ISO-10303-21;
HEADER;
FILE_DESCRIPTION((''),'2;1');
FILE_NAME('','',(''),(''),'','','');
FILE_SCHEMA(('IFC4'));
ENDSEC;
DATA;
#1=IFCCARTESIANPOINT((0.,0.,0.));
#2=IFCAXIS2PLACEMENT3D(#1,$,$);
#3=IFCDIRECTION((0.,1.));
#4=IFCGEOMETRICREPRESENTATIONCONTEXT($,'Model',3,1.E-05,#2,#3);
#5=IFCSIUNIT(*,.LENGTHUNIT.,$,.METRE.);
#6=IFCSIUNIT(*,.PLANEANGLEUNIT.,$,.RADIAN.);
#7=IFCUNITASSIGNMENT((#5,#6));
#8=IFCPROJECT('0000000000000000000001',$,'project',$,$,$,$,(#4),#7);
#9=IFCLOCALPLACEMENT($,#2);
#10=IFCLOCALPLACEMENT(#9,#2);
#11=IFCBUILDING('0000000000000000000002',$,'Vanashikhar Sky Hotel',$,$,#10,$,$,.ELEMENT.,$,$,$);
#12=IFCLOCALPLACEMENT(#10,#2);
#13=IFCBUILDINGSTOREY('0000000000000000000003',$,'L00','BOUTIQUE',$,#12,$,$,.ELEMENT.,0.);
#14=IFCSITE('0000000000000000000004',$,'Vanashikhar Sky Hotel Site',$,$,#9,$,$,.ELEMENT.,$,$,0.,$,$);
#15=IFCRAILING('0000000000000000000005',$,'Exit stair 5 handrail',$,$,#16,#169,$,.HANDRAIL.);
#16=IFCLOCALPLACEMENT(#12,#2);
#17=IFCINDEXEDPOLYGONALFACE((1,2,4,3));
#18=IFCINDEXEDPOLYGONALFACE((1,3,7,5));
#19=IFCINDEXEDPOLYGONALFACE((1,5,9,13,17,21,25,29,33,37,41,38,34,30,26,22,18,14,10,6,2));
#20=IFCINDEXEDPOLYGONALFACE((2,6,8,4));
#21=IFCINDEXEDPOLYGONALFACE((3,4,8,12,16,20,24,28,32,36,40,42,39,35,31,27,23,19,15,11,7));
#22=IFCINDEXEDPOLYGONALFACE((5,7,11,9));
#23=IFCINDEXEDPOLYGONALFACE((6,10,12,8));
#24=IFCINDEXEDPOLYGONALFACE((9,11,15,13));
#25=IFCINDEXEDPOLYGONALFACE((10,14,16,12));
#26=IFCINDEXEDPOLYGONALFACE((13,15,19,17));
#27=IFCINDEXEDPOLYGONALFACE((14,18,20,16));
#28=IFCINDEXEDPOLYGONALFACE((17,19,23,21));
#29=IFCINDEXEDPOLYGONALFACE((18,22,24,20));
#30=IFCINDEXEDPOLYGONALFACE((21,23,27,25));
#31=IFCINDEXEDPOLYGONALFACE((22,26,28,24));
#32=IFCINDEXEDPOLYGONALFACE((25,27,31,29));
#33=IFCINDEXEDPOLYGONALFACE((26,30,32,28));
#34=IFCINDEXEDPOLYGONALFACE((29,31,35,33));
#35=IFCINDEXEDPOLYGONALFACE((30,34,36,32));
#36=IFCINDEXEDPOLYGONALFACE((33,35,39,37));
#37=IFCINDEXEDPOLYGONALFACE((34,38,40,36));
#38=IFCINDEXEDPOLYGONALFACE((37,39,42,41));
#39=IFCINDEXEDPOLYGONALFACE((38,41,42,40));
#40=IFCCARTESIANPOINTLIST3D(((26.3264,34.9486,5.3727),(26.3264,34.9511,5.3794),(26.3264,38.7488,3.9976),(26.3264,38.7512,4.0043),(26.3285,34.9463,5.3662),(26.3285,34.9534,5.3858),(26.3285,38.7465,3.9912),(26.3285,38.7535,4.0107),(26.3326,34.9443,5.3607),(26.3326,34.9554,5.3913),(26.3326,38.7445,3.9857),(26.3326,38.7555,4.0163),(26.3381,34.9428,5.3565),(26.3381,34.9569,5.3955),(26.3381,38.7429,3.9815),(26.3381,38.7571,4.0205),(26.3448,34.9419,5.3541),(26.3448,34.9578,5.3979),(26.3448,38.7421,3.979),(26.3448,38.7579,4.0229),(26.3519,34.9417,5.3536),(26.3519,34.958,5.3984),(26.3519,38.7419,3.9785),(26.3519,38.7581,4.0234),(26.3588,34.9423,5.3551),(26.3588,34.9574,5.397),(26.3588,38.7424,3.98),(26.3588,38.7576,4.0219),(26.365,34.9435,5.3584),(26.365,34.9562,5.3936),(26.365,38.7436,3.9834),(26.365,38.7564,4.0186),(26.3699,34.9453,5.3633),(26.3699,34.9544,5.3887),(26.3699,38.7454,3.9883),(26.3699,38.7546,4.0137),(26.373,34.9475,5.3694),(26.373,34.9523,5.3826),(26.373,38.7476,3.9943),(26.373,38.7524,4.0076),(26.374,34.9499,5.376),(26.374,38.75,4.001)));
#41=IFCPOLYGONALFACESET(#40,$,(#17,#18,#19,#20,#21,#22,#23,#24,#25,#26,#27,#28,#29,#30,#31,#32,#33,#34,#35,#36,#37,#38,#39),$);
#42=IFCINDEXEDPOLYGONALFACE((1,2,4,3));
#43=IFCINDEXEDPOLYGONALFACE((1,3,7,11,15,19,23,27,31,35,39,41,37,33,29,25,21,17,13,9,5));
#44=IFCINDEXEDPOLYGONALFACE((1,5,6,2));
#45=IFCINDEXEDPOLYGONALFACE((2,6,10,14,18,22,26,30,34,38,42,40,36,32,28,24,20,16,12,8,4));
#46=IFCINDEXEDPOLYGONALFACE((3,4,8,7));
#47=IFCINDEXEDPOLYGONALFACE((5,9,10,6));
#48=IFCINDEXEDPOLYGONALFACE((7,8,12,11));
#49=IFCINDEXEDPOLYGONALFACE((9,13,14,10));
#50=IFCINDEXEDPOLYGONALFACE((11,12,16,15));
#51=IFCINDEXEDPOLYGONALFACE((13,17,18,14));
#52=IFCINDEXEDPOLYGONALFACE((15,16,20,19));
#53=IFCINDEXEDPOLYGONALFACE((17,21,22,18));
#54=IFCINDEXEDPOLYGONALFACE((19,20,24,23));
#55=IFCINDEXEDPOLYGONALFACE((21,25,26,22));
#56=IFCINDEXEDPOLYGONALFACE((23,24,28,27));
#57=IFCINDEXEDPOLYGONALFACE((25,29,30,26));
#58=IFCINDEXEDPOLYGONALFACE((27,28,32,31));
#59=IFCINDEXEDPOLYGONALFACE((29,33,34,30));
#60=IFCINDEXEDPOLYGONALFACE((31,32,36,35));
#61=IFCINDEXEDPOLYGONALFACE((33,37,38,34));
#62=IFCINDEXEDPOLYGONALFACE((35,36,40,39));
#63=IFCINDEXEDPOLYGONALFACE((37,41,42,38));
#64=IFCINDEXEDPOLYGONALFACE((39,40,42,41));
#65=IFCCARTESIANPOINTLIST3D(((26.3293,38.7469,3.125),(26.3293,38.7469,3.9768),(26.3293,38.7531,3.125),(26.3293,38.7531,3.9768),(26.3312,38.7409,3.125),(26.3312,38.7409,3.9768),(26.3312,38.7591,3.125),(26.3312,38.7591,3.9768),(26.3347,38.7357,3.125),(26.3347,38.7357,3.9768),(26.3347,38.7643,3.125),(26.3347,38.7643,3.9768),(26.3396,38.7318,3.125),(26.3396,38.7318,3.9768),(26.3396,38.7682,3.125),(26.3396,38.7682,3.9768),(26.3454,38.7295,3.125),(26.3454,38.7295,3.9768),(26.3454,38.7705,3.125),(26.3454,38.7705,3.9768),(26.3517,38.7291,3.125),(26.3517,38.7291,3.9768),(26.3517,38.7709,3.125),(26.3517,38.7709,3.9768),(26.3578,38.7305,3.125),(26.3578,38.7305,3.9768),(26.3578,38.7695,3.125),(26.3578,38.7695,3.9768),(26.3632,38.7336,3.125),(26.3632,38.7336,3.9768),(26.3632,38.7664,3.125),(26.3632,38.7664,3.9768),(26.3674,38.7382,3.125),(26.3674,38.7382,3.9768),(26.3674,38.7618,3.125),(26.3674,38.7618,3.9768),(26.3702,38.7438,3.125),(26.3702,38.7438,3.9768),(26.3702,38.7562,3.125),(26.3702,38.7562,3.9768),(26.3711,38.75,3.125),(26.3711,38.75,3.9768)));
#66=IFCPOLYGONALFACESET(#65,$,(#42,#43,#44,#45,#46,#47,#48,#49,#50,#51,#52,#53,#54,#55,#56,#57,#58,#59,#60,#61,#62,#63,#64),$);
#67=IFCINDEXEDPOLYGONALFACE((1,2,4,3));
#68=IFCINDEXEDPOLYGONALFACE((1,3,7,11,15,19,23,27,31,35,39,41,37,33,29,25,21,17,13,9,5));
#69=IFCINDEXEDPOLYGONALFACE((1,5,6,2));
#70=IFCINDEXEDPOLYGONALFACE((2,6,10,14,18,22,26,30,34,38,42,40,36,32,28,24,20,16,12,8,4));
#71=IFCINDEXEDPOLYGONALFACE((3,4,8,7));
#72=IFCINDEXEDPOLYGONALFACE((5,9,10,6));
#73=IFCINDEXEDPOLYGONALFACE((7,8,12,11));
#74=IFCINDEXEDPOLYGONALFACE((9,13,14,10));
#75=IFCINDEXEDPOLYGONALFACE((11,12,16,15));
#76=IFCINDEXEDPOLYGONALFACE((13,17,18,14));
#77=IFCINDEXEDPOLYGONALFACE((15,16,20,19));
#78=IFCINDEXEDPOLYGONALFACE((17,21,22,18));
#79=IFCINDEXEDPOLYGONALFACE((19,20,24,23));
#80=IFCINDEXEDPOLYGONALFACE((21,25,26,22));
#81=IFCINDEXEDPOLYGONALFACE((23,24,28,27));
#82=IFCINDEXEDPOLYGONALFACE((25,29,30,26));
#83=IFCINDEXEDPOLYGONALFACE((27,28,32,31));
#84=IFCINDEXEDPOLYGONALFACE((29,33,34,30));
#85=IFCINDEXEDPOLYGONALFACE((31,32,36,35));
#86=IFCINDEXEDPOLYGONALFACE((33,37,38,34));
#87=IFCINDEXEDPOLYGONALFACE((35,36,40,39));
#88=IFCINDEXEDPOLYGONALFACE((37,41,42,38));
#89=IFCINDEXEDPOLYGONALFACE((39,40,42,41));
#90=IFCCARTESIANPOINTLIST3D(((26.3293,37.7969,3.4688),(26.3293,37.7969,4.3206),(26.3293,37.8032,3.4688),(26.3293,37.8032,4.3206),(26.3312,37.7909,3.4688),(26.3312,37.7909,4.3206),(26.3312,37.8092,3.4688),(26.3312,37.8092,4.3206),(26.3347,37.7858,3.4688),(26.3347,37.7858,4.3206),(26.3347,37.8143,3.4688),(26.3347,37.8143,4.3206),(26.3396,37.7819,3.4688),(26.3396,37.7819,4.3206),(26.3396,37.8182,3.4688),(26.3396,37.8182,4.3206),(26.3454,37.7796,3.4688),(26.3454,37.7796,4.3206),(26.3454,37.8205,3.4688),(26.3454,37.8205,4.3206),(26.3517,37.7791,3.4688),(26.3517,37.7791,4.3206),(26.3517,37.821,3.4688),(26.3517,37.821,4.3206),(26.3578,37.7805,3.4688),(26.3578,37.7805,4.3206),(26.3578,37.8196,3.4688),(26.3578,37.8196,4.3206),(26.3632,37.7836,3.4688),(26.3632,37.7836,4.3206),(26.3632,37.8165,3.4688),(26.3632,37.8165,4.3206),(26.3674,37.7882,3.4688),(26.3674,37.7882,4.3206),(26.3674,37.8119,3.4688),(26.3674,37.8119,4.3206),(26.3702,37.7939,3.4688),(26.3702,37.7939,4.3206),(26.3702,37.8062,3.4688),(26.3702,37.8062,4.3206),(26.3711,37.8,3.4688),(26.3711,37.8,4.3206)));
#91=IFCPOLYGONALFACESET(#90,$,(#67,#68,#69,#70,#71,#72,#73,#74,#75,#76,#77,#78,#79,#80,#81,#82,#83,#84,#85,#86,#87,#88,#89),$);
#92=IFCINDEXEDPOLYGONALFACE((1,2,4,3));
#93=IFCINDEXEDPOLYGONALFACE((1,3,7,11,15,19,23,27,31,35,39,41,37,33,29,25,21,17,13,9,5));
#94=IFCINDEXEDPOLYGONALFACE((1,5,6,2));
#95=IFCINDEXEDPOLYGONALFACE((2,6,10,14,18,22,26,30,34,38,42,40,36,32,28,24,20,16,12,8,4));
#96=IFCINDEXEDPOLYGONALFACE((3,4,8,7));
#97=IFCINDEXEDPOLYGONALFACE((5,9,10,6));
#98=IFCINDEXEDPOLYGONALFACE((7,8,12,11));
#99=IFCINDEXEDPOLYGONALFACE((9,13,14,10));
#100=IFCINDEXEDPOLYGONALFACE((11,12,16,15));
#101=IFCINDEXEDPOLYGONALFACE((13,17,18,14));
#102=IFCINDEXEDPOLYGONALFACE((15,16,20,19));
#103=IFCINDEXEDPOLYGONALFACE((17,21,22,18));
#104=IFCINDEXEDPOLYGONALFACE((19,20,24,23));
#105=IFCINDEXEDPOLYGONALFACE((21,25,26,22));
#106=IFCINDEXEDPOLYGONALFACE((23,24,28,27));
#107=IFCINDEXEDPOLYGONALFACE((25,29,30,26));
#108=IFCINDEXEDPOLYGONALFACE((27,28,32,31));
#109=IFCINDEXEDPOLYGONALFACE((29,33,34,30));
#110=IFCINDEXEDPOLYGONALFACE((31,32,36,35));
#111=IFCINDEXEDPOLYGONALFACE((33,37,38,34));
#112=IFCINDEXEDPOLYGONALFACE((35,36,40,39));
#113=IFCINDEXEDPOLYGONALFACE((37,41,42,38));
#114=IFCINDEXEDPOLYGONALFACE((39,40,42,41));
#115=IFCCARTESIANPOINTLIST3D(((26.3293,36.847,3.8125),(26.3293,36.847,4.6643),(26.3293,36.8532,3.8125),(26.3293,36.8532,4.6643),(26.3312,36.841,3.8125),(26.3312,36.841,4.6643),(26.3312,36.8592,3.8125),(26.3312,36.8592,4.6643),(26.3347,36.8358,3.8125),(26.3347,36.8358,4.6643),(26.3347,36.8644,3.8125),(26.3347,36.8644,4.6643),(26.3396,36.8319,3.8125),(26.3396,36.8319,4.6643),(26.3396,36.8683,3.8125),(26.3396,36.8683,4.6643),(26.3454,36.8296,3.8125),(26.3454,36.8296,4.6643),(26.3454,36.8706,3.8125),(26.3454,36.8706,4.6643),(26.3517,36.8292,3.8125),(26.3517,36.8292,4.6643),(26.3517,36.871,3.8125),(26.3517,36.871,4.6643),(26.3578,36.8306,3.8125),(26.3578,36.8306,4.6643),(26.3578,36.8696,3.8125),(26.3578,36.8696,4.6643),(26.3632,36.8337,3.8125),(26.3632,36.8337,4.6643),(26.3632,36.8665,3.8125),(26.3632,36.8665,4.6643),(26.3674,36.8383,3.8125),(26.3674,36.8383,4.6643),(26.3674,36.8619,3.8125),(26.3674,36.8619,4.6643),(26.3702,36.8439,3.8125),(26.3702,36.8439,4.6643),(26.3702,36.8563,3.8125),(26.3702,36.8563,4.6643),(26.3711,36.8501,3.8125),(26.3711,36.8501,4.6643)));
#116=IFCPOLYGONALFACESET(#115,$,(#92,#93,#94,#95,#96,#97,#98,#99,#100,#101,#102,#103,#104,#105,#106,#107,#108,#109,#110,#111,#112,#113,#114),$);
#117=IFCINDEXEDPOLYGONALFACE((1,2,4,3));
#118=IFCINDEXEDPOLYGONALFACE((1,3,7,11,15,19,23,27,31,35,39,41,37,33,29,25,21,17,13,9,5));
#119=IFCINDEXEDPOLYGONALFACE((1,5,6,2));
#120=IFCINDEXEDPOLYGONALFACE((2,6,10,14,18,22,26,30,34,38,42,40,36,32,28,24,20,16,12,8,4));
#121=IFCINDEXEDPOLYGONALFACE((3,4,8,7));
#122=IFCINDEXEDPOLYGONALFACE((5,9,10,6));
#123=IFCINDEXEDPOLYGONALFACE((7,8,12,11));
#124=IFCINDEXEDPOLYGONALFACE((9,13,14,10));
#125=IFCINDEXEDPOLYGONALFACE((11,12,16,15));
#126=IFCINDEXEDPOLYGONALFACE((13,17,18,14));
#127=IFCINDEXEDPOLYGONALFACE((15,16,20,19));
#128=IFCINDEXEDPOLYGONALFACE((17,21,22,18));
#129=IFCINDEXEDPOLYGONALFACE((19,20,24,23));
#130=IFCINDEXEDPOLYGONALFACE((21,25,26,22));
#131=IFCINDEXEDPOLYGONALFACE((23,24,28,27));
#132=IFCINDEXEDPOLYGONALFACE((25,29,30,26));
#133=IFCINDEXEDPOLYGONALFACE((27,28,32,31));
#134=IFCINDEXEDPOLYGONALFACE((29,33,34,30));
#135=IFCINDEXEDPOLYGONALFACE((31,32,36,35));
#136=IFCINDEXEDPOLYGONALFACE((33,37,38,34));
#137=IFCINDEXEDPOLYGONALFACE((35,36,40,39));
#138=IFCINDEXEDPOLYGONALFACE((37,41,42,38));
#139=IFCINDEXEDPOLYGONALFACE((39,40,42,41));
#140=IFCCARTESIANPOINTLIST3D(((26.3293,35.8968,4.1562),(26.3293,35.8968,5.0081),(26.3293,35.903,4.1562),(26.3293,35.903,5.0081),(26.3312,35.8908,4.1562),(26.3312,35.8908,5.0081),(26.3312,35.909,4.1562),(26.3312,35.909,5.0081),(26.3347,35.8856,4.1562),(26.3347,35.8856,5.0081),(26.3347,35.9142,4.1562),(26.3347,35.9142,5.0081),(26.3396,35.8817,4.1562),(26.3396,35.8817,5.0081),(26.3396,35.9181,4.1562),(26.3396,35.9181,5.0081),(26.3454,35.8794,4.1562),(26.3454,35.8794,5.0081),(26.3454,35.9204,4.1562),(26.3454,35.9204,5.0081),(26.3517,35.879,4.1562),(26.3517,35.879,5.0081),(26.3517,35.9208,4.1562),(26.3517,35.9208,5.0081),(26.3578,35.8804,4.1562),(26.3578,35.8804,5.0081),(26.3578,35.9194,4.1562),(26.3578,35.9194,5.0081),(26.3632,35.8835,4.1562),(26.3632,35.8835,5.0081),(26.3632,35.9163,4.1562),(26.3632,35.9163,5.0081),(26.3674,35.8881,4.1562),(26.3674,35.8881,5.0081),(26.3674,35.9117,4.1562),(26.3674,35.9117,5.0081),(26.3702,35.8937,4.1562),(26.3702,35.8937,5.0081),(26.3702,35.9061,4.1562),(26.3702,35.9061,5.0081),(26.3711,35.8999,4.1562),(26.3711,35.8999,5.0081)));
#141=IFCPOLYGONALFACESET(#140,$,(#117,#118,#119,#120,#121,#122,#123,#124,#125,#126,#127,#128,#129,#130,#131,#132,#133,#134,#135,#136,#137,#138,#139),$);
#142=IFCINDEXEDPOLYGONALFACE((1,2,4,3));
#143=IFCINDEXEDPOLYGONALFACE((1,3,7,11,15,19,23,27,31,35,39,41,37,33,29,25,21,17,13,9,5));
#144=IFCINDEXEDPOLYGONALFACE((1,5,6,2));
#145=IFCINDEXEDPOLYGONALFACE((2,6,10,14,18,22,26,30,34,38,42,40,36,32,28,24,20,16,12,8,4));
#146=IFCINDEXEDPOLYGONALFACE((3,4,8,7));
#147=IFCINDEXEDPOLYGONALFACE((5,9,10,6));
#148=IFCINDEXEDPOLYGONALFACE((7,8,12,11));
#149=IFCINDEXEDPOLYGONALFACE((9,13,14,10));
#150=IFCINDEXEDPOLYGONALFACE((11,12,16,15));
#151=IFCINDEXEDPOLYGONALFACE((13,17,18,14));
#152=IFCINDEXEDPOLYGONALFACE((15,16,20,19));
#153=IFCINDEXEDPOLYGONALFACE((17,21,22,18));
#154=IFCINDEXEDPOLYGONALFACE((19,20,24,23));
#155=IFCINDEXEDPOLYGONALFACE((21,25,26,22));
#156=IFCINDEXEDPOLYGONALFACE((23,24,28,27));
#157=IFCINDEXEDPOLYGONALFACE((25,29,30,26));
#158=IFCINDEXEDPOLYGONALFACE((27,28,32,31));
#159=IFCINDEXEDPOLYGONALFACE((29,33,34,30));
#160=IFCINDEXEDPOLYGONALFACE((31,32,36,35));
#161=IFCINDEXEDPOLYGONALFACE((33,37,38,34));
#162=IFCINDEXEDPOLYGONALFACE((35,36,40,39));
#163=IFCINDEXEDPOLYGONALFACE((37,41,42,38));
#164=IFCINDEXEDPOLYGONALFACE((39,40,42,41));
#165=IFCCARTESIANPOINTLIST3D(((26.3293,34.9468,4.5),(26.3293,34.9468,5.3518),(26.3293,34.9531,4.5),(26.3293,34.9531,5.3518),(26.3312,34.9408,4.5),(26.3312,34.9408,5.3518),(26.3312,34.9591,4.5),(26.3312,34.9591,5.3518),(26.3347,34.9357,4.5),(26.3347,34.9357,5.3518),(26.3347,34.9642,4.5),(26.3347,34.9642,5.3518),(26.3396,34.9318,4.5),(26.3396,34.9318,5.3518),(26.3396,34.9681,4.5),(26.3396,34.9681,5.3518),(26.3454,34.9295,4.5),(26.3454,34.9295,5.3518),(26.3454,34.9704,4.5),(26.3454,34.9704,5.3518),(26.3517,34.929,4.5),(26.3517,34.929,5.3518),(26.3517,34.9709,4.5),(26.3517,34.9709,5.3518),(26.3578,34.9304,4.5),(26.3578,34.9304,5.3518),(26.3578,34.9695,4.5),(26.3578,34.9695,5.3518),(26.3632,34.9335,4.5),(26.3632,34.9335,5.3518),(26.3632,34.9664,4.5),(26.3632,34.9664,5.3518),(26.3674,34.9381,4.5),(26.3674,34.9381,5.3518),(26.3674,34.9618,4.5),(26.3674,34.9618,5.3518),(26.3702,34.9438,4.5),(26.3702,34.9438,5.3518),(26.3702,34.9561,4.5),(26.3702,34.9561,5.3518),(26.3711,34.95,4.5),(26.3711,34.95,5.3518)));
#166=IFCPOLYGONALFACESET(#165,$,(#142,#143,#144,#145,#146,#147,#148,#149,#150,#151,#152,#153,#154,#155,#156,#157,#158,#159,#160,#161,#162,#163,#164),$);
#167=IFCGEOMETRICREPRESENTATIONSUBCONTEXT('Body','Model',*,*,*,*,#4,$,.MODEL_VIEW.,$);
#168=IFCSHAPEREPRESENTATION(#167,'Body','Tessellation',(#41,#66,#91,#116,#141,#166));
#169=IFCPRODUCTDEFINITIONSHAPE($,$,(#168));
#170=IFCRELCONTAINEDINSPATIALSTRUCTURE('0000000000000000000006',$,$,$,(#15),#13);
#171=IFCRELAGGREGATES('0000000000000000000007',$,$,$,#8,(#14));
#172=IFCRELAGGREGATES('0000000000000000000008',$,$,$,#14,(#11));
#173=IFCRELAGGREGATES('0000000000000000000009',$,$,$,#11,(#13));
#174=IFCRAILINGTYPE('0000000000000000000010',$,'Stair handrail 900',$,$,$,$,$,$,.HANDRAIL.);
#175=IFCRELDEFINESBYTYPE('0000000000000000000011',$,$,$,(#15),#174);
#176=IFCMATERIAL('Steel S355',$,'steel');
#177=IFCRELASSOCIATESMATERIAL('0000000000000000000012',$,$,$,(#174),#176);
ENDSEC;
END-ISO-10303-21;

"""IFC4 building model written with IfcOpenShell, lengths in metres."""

from ifc_helpers import new_model, si_unit, direction, frame, origin, origin_2d, place, context, subcontext, project, spatial, circle, extrude, source, transform, mapped, material, type_object, element, save


model = new_model("IFC4")

# Units and contexts
model_context = context("Model", 3, precision=1e-05, world=origin(), true_north=direction((0.0, 1.0)))
body_context = subcontext(model_context, "Body", "Model", "MODEL_VIEW")
ifc_project = project(units=[si_unit("LENGTHUNIT", "METRE"), si_unit("PLANEANGLEUNIT", "RADIAN")], contexts=[model_context])

# Site, building, storey
site_placement = place(None, origin())
site = spatial("IfcSite", under=ifc_project, at=site_placement, Name="Vanashikhar Sky Hotel Site", CompositionType="ELEMENT", RefElevation=0.0)
building_placement = place(site_placement, origin())
building = spatial("IfcBuilding", under=site, at=building_placement, Name="Vanashikhar Sky Hotel", CompositionType="ELEMENT")
storey_placement = place(building_placement, origin())
storey = spatial("IfcBuildingStorey", under=building, at=storey_placement, Name="L00", Description="BOUTIQUE", CompositionType="ELEMENT", Elevation=0.0)

# Railing
ifc_material_1 = material(Name="Steel S355", Category="steel")
railing_type_1 = type_object("IfcRailingType", Name="Stair handrail 900", PredefinedType="HANDRAIL", material=ifc_material_1)
shared_shape_1 = source(origin(), body_context, "Body", "SweptSolid", [
    extrude(circle(Radius=0.0239, at=origin_2d()), frame((0.0, 0.0, 0.876), z_axis=(0.0, -0.940336, 0.340249), x_axis=(1.0, 0.0, 0.0)), (0.0, 0.0, 1.0), 4.0413),
    extrude(circle(Radius=0.021, at=origin_2d()), origin(), (0.0, 0.0, 1.0), 0.8518),
    extrude(circle(Radius=0.021, at=origin_2d()), frame((0.0, -0.95, 0.3438)), (0.0, 0.0, 1.0), 0.8518),
    extrude(circle(Radius=0.021, at=origin_2d()), frame((0.0, -1.8999, 0.6875)), (0.0, 0.0, 1.0), 0.8518),
    extrude(circle(Radius=0.021, at=origin_2d()), frame((0.0, -2.8501, 1.0312)), (0.0, 0.0, 1.0), 0.8518),
    extrude(circle(Radius=0.021, at=origin_2d()), frame((0.0, -3.8, 1.375)), (0.0, 0.0, 1.0), 0.8518),
])
for number, where, name in (
    (1, (26.3501, 38.75, 3.125), "Exit stair 5 handrail"),
):
    element("IfcRailing", number, at=place(storey_placement, frame(where)), inside=storey, type_object=railing_type_1, Name=name, PredefinedType="HANDRAIL", context=body_context, shape_type="MappedRepresentation", body=[
        mapped(shared_shape_1, transform((0.0, 0.0, 0.0), scale=1.0)),
    ])

save(model, "model.ifc")
